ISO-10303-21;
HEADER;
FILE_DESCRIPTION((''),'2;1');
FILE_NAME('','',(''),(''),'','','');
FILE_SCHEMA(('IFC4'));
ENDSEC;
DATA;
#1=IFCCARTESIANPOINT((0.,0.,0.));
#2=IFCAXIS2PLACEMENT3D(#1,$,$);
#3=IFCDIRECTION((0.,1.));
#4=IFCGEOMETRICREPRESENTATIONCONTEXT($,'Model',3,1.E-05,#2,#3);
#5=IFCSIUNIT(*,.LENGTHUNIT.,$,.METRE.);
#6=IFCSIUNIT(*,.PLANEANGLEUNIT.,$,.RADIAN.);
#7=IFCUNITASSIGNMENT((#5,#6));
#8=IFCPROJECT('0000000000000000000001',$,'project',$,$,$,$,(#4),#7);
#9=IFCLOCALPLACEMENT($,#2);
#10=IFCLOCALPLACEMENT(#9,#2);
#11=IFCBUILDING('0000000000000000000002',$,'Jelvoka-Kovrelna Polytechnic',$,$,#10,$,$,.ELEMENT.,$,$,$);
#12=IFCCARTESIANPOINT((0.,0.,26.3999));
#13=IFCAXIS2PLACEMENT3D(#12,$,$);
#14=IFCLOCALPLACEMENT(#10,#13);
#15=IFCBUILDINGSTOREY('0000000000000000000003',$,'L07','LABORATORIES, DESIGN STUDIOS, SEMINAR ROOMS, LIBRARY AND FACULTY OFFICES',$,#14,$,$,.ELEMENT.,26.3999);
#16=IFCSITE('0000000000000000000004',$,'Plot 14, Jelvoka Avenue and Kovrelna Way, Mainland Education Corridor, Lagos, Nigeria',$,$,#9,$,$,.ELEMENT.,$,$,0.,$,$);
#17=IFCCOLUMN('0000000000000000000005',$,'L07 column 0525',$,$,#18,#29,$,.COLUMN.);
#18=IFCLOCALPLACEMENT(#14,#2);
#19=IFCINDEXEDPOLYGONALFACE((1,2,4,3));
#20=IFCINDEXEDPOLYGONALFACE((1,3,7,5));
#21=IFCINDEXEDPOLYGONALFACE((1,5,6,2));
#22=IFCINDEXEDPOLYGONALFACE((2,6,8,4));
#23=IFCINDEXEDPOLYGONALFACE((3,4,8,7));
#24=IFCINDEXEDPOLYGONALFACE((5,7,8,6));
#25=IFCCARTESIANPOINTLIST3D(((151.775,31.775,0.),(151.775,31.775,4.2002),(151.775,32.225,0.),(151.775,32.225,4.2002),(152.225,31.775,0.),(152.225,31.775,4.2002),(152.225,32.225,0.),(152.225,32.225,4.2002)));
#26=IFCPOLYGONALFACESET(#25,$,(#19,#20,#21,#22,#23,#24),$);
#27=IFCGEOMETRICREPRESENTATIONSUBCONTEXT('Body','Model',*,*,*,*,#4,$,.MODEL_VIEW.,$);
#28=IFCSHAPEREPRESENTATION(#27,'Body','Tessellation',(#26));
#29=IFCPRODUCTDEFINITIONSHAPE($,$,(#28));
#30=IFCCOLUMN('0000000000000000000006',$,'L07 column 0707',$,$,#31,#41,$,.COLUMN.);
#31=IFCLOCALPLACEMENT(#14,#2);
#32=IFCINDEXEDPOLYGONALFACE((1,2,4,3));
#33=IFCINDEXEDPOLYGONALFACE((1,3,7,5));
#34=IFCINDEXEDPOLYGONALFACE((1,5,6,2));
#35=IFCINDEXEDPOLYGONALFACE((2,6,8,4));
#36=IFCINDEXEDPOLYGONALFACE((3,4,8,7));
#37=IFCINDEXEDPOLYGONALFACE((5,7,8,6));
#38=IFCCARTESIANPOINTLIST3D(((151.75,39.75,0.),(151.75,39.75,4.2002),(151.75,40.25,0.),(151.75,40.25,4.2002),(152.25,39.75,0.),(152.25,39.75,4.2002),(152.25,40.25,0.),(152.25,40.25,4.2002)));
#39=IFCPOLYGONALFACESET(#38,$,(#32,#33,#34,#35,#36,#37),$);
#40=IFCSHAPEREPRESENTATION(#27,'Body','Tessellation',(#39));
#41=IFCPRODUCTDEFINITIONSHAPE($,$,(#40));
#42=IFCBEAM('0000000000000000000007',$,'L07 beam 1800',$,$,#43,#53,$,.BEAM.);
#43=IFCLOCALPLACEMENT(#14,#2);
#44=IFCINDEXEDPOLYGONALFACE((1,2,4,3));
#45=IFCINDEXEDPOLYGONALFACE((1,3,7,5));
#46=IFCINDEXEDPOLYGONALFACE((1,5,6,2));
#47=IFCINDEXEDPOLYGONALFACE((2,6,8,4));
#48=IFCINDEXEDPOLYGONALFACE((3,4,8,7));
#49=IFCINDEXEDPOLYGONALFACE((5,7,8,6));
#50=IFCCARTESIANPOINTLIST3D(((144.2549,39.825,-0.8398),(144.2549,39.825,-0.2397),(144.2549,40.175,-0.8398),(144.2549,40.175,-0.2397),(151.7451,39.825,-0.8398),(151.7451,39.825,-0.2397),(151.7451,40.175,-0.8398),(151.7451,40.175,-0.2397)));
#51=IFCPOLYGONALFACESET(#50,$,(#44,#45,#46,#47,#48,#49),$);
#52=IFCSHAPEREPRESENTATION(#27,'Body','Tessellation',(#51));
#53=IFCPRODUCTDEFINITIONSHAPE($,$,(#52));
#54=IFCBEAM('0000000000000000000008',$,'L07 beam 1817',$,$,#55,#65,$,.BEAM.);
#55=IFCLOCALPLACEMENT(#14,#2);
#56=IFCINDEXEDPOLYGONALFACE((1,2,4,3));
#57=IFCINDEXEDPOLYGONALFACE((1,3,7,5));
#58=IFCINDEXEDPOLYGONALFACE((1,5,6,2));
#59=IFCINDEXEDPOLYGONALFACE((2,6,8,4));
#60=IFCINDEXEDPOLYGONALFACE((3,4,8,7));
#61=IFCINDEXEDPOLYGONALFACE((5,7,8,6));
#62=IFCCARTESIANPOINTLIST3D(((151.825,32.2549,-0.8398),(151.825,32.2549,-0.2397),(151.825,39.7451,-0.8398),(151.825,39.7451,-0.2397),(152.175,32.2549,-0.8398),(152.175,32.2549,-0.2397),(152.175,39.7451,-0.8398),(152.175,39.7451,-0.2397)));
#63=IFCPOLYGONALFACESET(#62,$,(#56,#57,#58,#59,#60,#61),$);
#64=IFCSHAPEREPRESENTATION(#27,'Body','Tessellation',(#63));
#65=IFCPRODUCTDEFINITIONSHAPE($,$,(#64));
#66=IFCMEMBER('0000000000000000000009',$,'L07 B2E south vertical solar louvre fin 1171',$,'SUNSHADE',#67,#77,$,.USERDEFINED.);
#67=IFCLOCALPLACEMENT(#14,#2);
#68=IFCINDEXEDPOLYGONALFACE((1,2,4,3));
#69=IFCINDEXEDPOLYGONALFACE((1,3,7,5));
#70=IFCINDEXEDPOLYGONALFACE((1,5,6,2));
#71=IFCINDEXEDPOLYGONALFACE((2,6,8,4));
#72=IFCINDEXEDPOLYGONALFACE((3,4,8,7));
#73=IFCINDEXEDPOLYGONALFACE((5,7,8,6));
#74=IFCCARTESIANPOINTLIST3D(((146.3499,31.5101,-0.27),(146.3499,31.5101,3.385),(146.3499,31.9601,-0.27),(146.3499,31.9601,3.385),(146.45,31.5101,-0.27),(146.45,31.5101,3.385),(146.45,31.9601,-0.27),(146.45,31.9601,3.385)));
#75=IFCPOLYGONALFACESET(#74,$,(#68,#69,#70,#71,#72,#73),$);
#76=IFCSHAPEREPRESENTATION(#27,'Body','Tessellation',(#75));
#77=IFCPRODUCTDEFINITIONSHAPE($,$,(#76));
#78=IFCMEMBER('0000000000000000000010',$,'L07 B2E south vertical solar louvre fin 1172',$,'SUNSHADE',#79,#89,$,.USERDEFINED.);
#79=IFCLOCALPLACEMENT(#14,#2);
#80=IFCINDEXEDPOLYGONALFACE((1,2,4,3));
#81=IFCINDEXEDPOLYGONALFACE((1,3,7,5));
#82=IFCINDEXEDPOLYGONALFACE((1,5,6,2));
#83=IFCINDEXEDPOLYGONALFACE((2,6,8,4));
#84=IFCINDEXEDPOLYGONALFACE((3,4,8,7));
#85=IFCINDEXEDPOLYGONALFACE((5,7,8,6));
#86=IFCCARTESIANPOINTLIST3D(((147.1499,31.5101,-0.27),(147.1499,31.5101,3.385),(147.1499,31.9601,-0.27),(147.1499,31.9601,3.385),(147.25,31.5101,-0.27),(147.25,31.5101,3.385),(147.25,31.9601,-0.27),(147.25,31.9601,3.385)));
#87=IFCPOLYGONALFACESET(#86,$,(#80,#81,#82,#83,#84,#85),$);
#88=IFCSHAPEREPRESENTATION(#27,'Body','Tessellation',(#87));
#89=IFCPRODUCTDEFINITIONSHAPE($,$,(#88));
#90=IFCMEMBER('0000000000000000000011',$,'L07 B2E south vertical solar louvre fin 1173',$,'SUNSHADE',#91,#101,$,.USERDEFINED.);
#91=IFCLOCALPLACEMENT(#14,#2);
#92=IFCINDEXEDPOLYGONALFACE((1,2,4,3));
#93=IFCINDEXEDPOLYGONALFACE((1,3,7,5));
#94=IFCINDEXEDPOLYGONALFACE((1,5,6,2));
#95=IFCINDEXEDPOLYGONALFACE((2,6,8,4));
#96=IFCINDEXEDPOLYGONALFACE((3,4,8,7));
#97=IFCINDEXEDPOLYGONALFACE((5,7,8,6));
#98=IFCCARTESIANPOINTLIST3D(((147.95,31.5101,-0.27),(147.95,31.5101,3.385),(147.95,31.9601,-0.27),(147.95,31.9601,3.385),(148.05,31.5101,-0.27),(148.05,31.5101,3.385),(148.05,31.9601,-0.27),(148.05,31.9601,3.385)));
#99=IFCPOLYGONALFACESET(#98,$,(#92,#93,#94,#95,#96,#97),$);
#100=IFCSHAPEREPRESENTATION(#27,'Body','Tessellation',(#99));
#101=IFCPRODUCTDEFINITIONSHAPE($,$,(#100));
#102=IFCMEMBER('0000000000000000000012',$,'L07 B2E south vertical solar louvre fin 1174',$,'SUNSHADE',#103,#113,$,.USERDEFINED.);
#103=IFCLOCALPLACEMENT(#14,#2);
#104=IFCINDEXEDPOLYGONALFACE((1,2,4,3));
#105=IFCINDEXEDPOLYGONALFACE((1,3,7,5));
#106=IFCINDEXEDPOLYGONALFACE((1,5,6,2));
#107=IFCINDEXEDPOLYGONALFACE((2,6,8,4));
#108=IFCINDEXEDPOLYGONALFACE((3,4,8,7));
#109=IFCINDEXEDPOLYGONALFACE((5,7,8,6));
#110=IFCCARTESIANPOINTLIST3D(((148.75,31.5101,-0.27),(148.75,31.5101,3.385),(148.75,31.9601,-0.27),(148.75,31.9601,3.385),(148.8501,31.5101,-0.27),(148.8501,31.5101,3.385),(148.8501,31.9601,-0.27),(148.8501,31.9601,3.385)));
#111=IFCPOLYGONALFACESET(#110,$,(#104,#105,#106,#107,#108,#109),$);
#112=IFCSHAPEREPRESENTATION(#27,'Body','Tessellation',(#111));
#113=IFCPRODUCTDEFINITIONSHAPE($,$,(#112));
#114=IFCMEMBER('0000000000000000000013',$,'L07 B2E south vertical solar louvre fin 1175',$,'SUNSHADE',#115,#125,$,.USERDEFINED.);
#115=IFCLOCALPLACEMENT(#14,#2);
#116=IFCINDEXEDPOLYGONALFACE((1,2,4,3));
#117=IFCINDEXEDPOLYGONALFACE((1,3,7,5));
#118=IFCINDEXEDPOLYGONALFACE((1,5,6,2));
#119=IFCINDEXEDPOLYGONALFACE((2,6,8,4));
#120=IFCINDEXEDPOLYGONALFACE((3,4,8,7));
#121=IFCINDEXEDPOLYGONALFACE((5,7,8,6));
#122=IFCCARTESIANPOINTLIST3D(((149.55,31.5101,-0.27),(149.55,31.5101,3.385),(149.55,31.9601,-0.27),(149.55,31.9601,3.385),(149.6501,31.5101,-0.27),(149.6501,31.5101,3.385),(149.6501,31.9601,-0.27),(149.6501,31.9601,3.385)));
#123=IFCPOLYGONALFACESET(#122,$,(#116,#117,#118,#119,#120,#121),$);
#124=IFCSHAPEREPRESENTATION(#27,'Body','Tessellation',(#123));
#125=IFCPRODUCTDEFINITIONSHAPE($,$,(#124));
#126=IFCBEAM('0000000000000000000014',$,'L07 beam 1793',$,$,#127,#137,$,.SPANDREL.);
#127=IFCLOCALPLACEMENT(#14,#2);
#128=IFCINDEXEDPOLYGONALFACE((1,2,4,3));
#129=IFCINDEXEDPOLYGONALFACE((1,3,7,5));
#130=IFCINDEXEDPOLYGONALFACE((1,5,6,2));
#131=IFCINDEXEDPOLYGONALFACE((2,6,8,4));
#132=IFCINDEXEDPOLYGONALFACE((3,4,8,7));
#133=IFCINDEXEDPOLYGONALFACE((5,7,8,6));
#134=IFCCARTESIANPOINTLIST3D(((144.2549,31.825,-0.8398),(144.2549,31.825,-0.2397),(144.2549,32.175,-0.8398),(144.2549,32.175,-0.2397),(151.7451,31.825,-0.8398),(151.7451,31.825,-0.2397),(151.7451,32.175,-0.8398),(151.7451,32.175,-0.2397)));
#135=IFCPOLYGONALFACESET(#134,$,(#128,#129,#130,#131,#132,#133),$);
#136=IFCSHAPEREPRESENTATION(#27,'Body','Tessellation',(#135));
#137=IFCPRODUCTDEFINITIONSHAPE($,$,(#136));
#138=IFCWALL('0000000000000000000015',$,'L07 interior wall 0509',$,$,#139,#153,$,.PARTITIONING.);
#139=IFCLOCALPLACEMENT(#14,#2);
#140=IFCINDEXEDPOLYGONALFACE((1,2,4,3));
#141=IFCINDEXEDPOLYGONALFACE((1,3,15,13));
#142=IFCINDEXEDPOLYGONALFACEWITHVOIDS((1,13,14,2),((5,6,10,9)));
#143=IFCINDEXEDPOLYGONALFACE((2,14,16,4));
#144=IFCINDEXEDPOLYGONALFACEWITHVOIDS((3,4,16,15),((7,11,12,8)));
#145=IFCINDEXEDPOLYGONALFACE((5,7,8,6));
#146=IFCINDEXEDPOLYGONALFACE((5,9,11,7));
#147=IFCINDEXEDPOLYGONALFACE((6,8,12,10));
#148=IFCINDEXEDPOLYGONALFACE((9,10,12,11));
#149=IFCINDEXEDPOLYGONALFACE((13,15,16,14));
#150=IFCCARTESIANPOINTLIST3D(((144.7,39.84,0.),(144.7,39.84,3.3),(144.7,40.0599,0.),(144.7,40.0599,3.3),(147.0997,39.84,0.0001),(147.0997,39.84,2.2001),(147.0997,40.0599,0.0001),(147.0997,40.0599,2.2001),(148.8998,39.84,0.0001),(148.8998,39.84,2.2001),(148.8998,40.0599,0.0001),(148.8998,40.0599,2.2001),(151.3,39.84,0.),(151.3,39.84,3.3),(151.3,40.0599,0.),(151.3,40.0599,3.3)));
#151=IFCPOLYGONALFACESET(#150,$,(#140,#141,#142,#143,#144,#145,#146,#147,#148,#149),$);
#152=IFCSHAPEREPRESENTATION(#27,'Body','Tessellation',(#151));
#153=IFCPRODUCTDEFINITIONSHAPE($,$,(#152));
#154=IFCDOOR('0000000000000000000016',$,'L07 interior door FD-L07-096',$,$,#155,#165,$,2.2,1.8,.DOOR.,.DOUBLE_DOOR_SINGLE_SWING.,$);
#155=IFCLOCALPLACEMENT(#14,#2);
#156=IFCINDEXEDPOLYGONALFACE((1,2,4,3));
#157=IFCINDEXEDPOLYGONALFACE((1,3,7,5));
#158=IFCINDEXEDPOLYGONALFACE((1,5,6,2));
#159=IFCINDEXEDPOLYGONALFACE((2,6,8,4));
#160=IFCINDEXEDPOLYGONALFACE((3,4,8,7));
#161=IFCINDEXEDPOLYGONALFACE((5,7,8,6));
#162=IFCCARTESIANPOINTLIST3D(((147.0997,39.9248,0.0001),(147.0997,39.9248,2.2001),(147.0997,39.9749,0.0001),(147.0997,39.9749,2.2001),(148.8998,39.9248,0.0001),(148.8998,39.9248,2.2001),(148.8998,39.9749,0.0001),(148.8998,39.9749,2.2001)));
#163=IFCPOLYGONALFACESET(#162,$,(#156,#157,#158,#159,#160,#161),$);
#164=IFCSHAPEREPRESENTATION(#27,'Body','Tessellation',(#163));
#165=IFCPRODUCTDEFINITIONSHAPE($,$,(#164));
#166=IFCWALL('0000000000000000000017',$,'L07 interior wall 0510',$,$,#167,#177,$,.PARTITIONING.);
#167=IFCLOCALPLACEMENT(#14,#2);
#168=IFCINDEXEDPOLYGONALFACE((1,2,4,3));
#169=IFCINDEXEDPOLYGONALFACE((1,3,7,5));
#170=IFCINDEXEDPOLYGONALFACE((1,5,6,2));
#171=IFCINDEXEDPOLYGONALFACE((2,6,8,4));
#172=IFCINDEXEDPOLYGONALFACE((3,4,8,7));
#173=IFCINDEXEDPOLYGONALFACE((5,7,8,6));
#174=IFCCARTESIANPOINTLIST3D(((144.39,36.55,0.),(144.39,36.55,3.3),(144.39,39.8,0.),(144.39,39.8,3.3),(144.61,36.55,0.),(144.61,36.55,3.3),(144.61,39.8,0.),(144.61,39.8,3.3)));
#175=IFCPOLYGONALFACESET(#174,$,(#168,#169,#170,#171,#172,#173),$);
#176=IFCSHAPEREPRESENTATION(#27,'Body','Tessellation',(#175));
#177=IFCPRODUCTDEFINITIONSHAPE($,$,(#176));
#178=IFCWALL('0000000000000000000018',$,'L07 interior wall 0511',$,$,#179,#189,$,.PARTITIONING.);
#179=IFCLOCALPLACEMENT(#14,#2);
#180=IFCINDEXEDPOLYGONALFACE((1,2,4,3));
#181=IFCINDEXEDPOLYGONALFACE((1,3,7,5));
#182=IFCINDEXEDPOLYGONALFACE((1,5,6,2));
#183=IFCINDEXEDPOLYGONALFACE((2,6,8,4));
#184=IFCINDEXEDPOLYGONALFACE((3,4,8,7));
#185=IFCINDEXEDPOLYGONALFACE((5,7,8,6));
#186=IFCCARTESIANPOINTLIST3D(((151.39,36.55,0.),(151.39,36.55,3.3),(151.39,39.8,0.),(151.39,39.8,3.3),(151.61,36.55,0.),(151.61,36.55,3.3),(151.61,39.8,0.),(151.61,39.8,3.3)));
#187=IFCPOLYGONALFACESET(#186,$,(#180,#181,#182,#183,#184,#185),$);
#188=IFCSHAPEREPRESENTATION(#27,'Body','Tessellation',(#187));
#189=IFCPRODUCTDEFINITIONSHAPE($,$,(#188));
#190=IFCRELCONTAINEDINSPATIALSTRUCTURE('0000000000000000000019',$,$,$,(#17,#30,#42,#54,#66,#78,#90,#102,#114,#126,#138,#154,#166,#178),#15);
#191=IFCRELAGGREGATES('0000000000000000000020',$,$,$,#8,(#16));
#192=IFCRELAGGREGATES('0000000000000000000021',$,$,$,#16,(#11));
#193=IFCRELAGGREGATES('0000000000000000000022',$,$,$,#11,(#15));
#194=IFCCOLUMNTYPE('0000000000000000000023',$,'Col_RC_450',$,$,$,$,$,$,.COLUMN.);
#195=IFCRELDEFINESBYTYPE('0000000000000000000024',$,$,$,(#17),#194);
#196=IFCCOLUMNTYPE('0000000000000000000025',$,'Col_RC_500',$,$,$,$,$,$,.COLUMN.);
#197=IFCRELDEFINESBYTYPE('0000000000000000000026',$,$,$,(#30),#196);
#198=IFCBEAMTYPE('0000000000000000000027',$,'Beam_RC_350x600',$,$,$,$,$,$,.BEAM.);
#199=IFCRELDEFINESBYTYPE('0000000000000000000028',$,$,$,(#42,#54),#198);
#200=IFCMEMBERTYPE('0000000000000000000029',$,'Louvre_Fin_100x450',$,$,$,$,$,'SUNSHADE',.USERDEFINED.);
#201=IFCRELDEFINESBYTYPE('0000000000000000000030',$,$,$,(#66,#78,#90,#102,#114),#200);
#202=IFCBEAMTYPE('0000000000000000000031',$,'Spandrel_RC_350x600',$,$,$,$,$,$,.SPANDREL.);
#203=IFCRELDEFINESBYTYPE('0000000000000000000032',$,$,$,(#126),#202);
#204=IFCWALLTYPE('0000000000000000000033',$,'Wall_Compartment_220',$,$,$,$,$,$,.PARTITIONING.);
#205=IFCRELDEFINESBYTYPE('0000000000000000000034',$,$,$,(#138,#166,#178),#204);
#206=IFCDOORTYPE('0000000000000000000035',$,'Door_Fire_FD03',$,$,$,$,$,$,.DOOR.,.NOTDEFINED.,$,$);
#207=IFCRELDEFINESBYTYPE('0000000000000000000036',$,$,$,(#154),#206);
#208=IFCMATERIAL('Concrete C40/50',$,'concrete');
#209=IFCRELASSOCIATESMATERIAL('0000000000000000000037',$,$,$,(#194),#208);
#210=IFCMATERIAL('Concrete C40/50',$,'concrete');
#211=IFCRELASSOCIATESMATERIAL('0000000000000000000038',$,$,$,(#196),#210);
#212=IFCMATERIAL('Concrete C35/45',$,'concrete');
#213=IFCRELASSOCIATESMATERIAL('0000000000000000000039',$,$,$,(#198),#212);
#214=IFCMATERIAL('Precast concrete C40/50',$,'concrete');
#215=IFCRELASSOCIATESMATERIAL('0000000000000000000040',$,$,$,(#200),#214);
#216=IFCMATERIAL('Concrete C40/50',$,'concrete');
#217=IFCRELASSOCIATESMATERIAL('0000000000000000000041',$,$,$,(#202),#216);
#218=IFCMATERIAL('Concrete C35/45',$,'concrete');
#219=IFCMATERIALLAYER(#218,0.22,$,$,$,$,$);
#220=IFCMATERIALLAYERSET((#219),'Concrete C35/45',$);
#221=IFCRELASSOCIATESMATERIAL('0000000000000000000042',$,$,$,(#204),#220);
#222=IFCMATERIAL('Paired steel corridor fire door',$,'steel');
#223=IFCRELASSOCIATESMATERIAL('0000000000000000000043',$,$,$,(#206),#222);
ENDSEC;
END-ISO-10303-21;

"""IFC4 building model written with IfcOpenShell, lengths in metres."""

from ifc_helpers import new_model, si_unit, direction, frame, frame_2d, origin, origin_2d, place, context, subcontext, project, spatial, rectangle, extrude, material, layer, layer_set, material_profile, profile_set, type_object, element, fill, save


model = new_model("IFC4")

# Units and contexts
model_context = context("Model", 3, precision=1e-05, world=origin(), true_north=direction((0.0, 1.0)))
body_context = subcontext(model_context, "Body", "Model", "MODEL_VIEW")
ifc_project = project(units=[si_unit("LENGTHUNIT", "METRE"), si_unit("PLANEANGLEUNIT", "RADIAN")], contexts=[model_context])

# Site, building, storey
site_placement = place(None, origin())
site = spatial("IfcSite", under=ifc_project, at=site_placement, Name="Plot 14, Jelvoka Avenue and Kovrelna Way, Mainland Education Corridor, Lagos, Nigeria", CompositionType="ELEMENT", RefElevation=0.0)
building_placement = place(site_placement, origin())
building = spatial("IfcBuilding", under=site, at=building_placement, Name="Jelvoka-Kovrelna Polytechnic", CompositionType="ELEMENT")
storey_placement = place(building_placement, frame((0.0, 0.0, 26.3999)))
storey = spatial("IfcBuildingStorey", under=building, at=storey_placement, Name="L07", Description="LABORATORIES, DESIGN STUDIOS, SEMINAR ROOMS, LIBRARY AND FACULTY OFFICES", CompositionType="ELEMENT", Elevation=26.3999)

# Columns
ifc_material_1 = material(Name="Concrete C40/50", Category="concrete")
ifc_material_profile_1 = material_profile(ifc_material_1, rectangle(XDim=0.45, YDim=0.45, at=origin_2d()), Name="RC 450x450")
ifc_profile_set_1 = profile_set([ifc_material_profile_1], Name="Concrete C40/50")
column_type_1 = type_object("IfcColumnType", Name="Col_RC_450", PredefinedType="COLUMN", material=ifc_profile_set_1)
column_1_placement = place(storey_placement, frame((152.0, 32.0, 0.0), z_axis=(0.0, 0.0, 1.0), x_axis=(1.0, 0.0, 0.0)))
element("IfcColumn", 1, at=column_1_placement, inside=storey, type_object=column_type_1, Name="L07 column 0525", PredefinedType="COLUMN", context=body_context, shape_type="SweptSolid", body=[
    extrude(rectangle(XDim=0.45, YDim=0.45, at=origin_2d()), origin(), (0.0, 0.0, 1.0), 4.2002),
])
ifc_material_2 = material(Name="Concrete C40/50", Category="concrete")
ifc_material_profile_2 = material_profile(ifc_material_2, rectangle(XDim=0.5, YDim=0.5, at=origin_2d()), Name="RC 500x500")
ifc_profile_set_2 = profile_set([ifc_material_profile_2], Name="Concrete C40/50")
column_type_2 = type_object("IfcColumnType", Name="Col_RC_500", PredefinedType="COLUMN", material=ifc_profile_set_2)
column_2_placement = place(storey_placement, frame((152.0, 40.0, 0.0), z_axis=(0.0, 0.0, 1.0), x_axis=(1.0, 0.0, 0.0)))
element("IfcColumn", 2, at=column_2_placement, inside=storey, type_object=column_type_2, Name="L07 column 0707", PredefinedType="COLUMN", context=body_context, shape_type="SweptSolid", body=[
    extrude(rectangle(XDim=0.5, YDim=0.5, at=origin_2d()), origin(), (0.0, 0.0, 1.0), 4.2002),
])

# Beams
ifc_material_3 = material(Name="Concrete C35/45", Category="concrete")
ifc_material_profile_3 = material_profile(ifc_material_3, rectangle(XDim=0.3501, YDim=0.6001, at=origin_2d()), Name="RC 350x600")
ifc_profile_set_3 = profile_set([ifc_material_profile_3], Name="Concrete C35/45")
beam_type_1 = type_object("IfcBeamType", Name="Beam_RC_350x600", PredefinedType="BEAM", material=ifc_profile_set_3)
for number, where, z_axis, x_axis, name in (
    (3, (144.2549, 40.0, -0.5398), (1.0, 0.0, 0.0), (0.0, 1.0, 0.0), "L07 beam 1800"),
    (4, (152.0, 32.2549, -0.5398), (0.0, 1.0, 0.0), (-1.0, 0.0, 0.0), "L07 beam 1817"),
):
    element("IfcBeam", number, at=place(storey_placement, frame(where, z_axis=z_axis, x_axis=x_axis)), inside=storey, type_object=beam_type_1, Name=name, PredefinedType="BEAM", context=body_context, shape_type="SweptSolid", body=[
        extrude(rectangle(XDim=0.3501, YDim=0.6001, at=origin_2d()), origin(), (0.0, 0.0, 1.0), 7.4902),
    ])

# Members
ifc_material_4 = material(Name="Precast concrete C40/50", Category="concrete")
ifc_material_profile_4 = material_profile(ifc_material_4, rectangle(XDim=0.1001, YDim=0.45, at=origin_2d()), Name="PC 100x450")
ifc_profile_set_4 = profile_set([ifc_material_profile_4], Name="Precast concrete C40/50")
member_type = type_object("IfcMemberType", Name="Louvre_Fin_100x450", ElementType="SUNSHADE", PredefinedType="USERDEFINED", material=ifc_profile_set_4)
for number, where, z_axis, x_axis, name in (
    (5, (146.3999, 31.7351, -0.27), (0.0, 0.0, 1.0), (1.0, 0.0, 0.0), "L07 B2E south vertical solar louvre fin 1171"),
    (6, (147.2, 31.7351, -0.27), (0.0, 0.0, 1.0), (1.0, 0.0, 0.0), "L07 B2E south vertical solar louvre fin 1172"),
    (7, (148.0, 31.7351, -0.27), (0.0, 0.0, 1.0), (1.0, 0.0, 0.0), "L07 B2E south vertical solar louvre fin 1173"),
    (8, (148.8, 31.7351, -0.27), (0.0, 0.0, 1.0), (1.0, 0.0, 0.0), "L07 B2E south vertical solar louvre fin 1174"),
    (9, (149.6001, 31.7351, -0.27), (0.0, 0.0, 1.0), (1.0, 0.0, 0.0), "L07 B2E south vertical solar louvre fin 1175"),
):
    element("IfcMember", number, at=place(storey_placement, frame(where, z_axis=z_axis, x_axis=x_axis)), inside=storey, type_object=member_type, Name=name, ObjectType="SUNSHADE", PredefinedType="USERDEFINED", context=body_context, shape_type="SweptSolid", body=[
        extrude(rectangle(XDim=0.1001, YDim=0.45, at=origin_2d()), origin(), (0.0, 0.0, 1.0), 3.655),
    ])

# Beam
ifc_material_5 = material(Name="Concrete C40/50", Category="concrete")
ifc_material_profile_5 = material_profile(ifc_material_5, rectangle(XDim=0.3501, YDim=0.6001, at=origin_2d()), Name="RC 350x600")
ifc_profile_set_5 = profile_set([ifc_material_profile_5], Name="Concrete C40/50")
beam_type_2 = type_object("IfcBeamType", Name="Spandrel_RC_350x600", PredefinedType="SPANDREL", material=ifc_profile_set_5)
beam_placement = place(storey_placement, frame((144.2549, 32.0, -0.5398), z_axis=(1.0, 0.0, 0.0), x_axis=(0.0, 1.0, 0.0)))
element("IfcBeam", 10, at=beam_placement, inside=storey, type_object=beam_type_2, Name="L07 beam 1793", PredefinedType="SPANDREL", context=body_context, shape_type="SweptSolid", body=[
    extrude(rectangle(XDim=0.3501, YDim=0.6001, at=origin_2d()), origin(), (0.0, 0.0, 1.0), 7.4902),
])

# Wall, opening, door
ifc_material_6 = material(Name="Concrete C35/45", Category="concrete")
ifc_layer_1 = layer(ifc_material_6, 0.22)
ifc_layer_set_1 = layer_set([ifc_layer_1], Name="Concrete C35/45")
wall_type_1 = type_object("IfcWallType", Name="Wall_Compartment_220", PredefinedType="PARTITIONING", material=ifc_layer_set_1)
wall_1_placement = place(storey_placement, frame((144.7, 39.95, 0.0), z_axis=(0.0, 0.0, 1.0), x_axis=(1.0, 0.0, 0.0)))
wall_1 = element("IfcWall", 11, at=wall_1_placement, inside=storey, type_object=wall_type_1, Name="L07 interior wall 0509", PredefinedType="PARTITIONING", context=body_context, shape_type="SweptSolid", body=[
    extrude(rectangle(XDim=6.6001, YDim=0.22, at=frame_2d((3.3, 0.0))), origin(), (0.0, 0.0, 1.0), 3.3),
])
opening_1_placement = place(wall_1_placement, frame((2.3999, 0.0, 0.0)))
opening_1 = element("IfcOpeningElement", 12, at=opening_1_placement, cuts=wall_1, PredefinedType="OPENING", context=body_context, shape_type="SweptSolid", body=[
    extrude(rectangle(XDim=1.8, YDim=2.2, at=frame_2d((0.8999, 1.1001))), frame((0.0, 0.1199, 0.0), z_axis=(0.0, -1.0, 0.0), x_axis=(1.0, 0.0, 0.0)), (0.0, 0.0, 1.0), 0.24),
])
ifc_material_7 = material(Name="Paired steel corridor fire door", Category="steel")
door_type_1 = type_object("IfcDoorType", Name="Door_Fire_FD03", OperationType="NOTDEFINED", PredefinedType="DOOR", material=ifc_material_7)
door_1_placement = place(opening_1_placement, origin())
door_1 = element("IfcDoor", 13, at=door_1_placement, inside=storey, type_object=door_type_1, Name="L07 interior door FD-L07-096", OperationType="DOUBLE_DOOR_SINGLE_SWING", OverallHeight=2.2, OverallWidth=1.8, PredefinedType="DOOR", context=body_context, shape_type="SweptSolid", body=[
    extrude(rectangle(XDim=1.8, YDim=2.2, at=frame_2d((0.8999, 1.1001))), frame((0.0, 0.0249, 0.0), z_axis=(0.0, -1.0, 0.0), x_axis=(1.0, 0.0, 0.0)), (0.0, 0.0, 1.0), 0.05),
])
fill(opening_1, door_1)

# Walls
for number, where, z_axis, x_axis, name in (
    (14, (144.5, 36.55, 0.0), (0.0, 0.0, 1.0), (0.0, 1.0, 0.0), "L07 interior wall 0510"),
    (15, (151.5, 36.55, 0.0), (0.0, 0.0, 1.0), (0.0, 1.0, 0.0), "L07 interior wall 0511"),
):
    element("IfcWall", number, at=place(storey_placement, frame(where, z_axis=z_axis, x_axis=x_axis)), inside=storey, type_object=wall_type_1, Name=name, PredefinedType="PARTITIONING", context=body_context, shape_type="SweptSolid", body=[
        extrude(rectangle(XDim=3.25, YDim=0.22, at=frame_2d((1.625, 0.0))), origin(), (0.0, 0.0, 1.0), 3.3),
    ])

save(model, "model.ifc")
